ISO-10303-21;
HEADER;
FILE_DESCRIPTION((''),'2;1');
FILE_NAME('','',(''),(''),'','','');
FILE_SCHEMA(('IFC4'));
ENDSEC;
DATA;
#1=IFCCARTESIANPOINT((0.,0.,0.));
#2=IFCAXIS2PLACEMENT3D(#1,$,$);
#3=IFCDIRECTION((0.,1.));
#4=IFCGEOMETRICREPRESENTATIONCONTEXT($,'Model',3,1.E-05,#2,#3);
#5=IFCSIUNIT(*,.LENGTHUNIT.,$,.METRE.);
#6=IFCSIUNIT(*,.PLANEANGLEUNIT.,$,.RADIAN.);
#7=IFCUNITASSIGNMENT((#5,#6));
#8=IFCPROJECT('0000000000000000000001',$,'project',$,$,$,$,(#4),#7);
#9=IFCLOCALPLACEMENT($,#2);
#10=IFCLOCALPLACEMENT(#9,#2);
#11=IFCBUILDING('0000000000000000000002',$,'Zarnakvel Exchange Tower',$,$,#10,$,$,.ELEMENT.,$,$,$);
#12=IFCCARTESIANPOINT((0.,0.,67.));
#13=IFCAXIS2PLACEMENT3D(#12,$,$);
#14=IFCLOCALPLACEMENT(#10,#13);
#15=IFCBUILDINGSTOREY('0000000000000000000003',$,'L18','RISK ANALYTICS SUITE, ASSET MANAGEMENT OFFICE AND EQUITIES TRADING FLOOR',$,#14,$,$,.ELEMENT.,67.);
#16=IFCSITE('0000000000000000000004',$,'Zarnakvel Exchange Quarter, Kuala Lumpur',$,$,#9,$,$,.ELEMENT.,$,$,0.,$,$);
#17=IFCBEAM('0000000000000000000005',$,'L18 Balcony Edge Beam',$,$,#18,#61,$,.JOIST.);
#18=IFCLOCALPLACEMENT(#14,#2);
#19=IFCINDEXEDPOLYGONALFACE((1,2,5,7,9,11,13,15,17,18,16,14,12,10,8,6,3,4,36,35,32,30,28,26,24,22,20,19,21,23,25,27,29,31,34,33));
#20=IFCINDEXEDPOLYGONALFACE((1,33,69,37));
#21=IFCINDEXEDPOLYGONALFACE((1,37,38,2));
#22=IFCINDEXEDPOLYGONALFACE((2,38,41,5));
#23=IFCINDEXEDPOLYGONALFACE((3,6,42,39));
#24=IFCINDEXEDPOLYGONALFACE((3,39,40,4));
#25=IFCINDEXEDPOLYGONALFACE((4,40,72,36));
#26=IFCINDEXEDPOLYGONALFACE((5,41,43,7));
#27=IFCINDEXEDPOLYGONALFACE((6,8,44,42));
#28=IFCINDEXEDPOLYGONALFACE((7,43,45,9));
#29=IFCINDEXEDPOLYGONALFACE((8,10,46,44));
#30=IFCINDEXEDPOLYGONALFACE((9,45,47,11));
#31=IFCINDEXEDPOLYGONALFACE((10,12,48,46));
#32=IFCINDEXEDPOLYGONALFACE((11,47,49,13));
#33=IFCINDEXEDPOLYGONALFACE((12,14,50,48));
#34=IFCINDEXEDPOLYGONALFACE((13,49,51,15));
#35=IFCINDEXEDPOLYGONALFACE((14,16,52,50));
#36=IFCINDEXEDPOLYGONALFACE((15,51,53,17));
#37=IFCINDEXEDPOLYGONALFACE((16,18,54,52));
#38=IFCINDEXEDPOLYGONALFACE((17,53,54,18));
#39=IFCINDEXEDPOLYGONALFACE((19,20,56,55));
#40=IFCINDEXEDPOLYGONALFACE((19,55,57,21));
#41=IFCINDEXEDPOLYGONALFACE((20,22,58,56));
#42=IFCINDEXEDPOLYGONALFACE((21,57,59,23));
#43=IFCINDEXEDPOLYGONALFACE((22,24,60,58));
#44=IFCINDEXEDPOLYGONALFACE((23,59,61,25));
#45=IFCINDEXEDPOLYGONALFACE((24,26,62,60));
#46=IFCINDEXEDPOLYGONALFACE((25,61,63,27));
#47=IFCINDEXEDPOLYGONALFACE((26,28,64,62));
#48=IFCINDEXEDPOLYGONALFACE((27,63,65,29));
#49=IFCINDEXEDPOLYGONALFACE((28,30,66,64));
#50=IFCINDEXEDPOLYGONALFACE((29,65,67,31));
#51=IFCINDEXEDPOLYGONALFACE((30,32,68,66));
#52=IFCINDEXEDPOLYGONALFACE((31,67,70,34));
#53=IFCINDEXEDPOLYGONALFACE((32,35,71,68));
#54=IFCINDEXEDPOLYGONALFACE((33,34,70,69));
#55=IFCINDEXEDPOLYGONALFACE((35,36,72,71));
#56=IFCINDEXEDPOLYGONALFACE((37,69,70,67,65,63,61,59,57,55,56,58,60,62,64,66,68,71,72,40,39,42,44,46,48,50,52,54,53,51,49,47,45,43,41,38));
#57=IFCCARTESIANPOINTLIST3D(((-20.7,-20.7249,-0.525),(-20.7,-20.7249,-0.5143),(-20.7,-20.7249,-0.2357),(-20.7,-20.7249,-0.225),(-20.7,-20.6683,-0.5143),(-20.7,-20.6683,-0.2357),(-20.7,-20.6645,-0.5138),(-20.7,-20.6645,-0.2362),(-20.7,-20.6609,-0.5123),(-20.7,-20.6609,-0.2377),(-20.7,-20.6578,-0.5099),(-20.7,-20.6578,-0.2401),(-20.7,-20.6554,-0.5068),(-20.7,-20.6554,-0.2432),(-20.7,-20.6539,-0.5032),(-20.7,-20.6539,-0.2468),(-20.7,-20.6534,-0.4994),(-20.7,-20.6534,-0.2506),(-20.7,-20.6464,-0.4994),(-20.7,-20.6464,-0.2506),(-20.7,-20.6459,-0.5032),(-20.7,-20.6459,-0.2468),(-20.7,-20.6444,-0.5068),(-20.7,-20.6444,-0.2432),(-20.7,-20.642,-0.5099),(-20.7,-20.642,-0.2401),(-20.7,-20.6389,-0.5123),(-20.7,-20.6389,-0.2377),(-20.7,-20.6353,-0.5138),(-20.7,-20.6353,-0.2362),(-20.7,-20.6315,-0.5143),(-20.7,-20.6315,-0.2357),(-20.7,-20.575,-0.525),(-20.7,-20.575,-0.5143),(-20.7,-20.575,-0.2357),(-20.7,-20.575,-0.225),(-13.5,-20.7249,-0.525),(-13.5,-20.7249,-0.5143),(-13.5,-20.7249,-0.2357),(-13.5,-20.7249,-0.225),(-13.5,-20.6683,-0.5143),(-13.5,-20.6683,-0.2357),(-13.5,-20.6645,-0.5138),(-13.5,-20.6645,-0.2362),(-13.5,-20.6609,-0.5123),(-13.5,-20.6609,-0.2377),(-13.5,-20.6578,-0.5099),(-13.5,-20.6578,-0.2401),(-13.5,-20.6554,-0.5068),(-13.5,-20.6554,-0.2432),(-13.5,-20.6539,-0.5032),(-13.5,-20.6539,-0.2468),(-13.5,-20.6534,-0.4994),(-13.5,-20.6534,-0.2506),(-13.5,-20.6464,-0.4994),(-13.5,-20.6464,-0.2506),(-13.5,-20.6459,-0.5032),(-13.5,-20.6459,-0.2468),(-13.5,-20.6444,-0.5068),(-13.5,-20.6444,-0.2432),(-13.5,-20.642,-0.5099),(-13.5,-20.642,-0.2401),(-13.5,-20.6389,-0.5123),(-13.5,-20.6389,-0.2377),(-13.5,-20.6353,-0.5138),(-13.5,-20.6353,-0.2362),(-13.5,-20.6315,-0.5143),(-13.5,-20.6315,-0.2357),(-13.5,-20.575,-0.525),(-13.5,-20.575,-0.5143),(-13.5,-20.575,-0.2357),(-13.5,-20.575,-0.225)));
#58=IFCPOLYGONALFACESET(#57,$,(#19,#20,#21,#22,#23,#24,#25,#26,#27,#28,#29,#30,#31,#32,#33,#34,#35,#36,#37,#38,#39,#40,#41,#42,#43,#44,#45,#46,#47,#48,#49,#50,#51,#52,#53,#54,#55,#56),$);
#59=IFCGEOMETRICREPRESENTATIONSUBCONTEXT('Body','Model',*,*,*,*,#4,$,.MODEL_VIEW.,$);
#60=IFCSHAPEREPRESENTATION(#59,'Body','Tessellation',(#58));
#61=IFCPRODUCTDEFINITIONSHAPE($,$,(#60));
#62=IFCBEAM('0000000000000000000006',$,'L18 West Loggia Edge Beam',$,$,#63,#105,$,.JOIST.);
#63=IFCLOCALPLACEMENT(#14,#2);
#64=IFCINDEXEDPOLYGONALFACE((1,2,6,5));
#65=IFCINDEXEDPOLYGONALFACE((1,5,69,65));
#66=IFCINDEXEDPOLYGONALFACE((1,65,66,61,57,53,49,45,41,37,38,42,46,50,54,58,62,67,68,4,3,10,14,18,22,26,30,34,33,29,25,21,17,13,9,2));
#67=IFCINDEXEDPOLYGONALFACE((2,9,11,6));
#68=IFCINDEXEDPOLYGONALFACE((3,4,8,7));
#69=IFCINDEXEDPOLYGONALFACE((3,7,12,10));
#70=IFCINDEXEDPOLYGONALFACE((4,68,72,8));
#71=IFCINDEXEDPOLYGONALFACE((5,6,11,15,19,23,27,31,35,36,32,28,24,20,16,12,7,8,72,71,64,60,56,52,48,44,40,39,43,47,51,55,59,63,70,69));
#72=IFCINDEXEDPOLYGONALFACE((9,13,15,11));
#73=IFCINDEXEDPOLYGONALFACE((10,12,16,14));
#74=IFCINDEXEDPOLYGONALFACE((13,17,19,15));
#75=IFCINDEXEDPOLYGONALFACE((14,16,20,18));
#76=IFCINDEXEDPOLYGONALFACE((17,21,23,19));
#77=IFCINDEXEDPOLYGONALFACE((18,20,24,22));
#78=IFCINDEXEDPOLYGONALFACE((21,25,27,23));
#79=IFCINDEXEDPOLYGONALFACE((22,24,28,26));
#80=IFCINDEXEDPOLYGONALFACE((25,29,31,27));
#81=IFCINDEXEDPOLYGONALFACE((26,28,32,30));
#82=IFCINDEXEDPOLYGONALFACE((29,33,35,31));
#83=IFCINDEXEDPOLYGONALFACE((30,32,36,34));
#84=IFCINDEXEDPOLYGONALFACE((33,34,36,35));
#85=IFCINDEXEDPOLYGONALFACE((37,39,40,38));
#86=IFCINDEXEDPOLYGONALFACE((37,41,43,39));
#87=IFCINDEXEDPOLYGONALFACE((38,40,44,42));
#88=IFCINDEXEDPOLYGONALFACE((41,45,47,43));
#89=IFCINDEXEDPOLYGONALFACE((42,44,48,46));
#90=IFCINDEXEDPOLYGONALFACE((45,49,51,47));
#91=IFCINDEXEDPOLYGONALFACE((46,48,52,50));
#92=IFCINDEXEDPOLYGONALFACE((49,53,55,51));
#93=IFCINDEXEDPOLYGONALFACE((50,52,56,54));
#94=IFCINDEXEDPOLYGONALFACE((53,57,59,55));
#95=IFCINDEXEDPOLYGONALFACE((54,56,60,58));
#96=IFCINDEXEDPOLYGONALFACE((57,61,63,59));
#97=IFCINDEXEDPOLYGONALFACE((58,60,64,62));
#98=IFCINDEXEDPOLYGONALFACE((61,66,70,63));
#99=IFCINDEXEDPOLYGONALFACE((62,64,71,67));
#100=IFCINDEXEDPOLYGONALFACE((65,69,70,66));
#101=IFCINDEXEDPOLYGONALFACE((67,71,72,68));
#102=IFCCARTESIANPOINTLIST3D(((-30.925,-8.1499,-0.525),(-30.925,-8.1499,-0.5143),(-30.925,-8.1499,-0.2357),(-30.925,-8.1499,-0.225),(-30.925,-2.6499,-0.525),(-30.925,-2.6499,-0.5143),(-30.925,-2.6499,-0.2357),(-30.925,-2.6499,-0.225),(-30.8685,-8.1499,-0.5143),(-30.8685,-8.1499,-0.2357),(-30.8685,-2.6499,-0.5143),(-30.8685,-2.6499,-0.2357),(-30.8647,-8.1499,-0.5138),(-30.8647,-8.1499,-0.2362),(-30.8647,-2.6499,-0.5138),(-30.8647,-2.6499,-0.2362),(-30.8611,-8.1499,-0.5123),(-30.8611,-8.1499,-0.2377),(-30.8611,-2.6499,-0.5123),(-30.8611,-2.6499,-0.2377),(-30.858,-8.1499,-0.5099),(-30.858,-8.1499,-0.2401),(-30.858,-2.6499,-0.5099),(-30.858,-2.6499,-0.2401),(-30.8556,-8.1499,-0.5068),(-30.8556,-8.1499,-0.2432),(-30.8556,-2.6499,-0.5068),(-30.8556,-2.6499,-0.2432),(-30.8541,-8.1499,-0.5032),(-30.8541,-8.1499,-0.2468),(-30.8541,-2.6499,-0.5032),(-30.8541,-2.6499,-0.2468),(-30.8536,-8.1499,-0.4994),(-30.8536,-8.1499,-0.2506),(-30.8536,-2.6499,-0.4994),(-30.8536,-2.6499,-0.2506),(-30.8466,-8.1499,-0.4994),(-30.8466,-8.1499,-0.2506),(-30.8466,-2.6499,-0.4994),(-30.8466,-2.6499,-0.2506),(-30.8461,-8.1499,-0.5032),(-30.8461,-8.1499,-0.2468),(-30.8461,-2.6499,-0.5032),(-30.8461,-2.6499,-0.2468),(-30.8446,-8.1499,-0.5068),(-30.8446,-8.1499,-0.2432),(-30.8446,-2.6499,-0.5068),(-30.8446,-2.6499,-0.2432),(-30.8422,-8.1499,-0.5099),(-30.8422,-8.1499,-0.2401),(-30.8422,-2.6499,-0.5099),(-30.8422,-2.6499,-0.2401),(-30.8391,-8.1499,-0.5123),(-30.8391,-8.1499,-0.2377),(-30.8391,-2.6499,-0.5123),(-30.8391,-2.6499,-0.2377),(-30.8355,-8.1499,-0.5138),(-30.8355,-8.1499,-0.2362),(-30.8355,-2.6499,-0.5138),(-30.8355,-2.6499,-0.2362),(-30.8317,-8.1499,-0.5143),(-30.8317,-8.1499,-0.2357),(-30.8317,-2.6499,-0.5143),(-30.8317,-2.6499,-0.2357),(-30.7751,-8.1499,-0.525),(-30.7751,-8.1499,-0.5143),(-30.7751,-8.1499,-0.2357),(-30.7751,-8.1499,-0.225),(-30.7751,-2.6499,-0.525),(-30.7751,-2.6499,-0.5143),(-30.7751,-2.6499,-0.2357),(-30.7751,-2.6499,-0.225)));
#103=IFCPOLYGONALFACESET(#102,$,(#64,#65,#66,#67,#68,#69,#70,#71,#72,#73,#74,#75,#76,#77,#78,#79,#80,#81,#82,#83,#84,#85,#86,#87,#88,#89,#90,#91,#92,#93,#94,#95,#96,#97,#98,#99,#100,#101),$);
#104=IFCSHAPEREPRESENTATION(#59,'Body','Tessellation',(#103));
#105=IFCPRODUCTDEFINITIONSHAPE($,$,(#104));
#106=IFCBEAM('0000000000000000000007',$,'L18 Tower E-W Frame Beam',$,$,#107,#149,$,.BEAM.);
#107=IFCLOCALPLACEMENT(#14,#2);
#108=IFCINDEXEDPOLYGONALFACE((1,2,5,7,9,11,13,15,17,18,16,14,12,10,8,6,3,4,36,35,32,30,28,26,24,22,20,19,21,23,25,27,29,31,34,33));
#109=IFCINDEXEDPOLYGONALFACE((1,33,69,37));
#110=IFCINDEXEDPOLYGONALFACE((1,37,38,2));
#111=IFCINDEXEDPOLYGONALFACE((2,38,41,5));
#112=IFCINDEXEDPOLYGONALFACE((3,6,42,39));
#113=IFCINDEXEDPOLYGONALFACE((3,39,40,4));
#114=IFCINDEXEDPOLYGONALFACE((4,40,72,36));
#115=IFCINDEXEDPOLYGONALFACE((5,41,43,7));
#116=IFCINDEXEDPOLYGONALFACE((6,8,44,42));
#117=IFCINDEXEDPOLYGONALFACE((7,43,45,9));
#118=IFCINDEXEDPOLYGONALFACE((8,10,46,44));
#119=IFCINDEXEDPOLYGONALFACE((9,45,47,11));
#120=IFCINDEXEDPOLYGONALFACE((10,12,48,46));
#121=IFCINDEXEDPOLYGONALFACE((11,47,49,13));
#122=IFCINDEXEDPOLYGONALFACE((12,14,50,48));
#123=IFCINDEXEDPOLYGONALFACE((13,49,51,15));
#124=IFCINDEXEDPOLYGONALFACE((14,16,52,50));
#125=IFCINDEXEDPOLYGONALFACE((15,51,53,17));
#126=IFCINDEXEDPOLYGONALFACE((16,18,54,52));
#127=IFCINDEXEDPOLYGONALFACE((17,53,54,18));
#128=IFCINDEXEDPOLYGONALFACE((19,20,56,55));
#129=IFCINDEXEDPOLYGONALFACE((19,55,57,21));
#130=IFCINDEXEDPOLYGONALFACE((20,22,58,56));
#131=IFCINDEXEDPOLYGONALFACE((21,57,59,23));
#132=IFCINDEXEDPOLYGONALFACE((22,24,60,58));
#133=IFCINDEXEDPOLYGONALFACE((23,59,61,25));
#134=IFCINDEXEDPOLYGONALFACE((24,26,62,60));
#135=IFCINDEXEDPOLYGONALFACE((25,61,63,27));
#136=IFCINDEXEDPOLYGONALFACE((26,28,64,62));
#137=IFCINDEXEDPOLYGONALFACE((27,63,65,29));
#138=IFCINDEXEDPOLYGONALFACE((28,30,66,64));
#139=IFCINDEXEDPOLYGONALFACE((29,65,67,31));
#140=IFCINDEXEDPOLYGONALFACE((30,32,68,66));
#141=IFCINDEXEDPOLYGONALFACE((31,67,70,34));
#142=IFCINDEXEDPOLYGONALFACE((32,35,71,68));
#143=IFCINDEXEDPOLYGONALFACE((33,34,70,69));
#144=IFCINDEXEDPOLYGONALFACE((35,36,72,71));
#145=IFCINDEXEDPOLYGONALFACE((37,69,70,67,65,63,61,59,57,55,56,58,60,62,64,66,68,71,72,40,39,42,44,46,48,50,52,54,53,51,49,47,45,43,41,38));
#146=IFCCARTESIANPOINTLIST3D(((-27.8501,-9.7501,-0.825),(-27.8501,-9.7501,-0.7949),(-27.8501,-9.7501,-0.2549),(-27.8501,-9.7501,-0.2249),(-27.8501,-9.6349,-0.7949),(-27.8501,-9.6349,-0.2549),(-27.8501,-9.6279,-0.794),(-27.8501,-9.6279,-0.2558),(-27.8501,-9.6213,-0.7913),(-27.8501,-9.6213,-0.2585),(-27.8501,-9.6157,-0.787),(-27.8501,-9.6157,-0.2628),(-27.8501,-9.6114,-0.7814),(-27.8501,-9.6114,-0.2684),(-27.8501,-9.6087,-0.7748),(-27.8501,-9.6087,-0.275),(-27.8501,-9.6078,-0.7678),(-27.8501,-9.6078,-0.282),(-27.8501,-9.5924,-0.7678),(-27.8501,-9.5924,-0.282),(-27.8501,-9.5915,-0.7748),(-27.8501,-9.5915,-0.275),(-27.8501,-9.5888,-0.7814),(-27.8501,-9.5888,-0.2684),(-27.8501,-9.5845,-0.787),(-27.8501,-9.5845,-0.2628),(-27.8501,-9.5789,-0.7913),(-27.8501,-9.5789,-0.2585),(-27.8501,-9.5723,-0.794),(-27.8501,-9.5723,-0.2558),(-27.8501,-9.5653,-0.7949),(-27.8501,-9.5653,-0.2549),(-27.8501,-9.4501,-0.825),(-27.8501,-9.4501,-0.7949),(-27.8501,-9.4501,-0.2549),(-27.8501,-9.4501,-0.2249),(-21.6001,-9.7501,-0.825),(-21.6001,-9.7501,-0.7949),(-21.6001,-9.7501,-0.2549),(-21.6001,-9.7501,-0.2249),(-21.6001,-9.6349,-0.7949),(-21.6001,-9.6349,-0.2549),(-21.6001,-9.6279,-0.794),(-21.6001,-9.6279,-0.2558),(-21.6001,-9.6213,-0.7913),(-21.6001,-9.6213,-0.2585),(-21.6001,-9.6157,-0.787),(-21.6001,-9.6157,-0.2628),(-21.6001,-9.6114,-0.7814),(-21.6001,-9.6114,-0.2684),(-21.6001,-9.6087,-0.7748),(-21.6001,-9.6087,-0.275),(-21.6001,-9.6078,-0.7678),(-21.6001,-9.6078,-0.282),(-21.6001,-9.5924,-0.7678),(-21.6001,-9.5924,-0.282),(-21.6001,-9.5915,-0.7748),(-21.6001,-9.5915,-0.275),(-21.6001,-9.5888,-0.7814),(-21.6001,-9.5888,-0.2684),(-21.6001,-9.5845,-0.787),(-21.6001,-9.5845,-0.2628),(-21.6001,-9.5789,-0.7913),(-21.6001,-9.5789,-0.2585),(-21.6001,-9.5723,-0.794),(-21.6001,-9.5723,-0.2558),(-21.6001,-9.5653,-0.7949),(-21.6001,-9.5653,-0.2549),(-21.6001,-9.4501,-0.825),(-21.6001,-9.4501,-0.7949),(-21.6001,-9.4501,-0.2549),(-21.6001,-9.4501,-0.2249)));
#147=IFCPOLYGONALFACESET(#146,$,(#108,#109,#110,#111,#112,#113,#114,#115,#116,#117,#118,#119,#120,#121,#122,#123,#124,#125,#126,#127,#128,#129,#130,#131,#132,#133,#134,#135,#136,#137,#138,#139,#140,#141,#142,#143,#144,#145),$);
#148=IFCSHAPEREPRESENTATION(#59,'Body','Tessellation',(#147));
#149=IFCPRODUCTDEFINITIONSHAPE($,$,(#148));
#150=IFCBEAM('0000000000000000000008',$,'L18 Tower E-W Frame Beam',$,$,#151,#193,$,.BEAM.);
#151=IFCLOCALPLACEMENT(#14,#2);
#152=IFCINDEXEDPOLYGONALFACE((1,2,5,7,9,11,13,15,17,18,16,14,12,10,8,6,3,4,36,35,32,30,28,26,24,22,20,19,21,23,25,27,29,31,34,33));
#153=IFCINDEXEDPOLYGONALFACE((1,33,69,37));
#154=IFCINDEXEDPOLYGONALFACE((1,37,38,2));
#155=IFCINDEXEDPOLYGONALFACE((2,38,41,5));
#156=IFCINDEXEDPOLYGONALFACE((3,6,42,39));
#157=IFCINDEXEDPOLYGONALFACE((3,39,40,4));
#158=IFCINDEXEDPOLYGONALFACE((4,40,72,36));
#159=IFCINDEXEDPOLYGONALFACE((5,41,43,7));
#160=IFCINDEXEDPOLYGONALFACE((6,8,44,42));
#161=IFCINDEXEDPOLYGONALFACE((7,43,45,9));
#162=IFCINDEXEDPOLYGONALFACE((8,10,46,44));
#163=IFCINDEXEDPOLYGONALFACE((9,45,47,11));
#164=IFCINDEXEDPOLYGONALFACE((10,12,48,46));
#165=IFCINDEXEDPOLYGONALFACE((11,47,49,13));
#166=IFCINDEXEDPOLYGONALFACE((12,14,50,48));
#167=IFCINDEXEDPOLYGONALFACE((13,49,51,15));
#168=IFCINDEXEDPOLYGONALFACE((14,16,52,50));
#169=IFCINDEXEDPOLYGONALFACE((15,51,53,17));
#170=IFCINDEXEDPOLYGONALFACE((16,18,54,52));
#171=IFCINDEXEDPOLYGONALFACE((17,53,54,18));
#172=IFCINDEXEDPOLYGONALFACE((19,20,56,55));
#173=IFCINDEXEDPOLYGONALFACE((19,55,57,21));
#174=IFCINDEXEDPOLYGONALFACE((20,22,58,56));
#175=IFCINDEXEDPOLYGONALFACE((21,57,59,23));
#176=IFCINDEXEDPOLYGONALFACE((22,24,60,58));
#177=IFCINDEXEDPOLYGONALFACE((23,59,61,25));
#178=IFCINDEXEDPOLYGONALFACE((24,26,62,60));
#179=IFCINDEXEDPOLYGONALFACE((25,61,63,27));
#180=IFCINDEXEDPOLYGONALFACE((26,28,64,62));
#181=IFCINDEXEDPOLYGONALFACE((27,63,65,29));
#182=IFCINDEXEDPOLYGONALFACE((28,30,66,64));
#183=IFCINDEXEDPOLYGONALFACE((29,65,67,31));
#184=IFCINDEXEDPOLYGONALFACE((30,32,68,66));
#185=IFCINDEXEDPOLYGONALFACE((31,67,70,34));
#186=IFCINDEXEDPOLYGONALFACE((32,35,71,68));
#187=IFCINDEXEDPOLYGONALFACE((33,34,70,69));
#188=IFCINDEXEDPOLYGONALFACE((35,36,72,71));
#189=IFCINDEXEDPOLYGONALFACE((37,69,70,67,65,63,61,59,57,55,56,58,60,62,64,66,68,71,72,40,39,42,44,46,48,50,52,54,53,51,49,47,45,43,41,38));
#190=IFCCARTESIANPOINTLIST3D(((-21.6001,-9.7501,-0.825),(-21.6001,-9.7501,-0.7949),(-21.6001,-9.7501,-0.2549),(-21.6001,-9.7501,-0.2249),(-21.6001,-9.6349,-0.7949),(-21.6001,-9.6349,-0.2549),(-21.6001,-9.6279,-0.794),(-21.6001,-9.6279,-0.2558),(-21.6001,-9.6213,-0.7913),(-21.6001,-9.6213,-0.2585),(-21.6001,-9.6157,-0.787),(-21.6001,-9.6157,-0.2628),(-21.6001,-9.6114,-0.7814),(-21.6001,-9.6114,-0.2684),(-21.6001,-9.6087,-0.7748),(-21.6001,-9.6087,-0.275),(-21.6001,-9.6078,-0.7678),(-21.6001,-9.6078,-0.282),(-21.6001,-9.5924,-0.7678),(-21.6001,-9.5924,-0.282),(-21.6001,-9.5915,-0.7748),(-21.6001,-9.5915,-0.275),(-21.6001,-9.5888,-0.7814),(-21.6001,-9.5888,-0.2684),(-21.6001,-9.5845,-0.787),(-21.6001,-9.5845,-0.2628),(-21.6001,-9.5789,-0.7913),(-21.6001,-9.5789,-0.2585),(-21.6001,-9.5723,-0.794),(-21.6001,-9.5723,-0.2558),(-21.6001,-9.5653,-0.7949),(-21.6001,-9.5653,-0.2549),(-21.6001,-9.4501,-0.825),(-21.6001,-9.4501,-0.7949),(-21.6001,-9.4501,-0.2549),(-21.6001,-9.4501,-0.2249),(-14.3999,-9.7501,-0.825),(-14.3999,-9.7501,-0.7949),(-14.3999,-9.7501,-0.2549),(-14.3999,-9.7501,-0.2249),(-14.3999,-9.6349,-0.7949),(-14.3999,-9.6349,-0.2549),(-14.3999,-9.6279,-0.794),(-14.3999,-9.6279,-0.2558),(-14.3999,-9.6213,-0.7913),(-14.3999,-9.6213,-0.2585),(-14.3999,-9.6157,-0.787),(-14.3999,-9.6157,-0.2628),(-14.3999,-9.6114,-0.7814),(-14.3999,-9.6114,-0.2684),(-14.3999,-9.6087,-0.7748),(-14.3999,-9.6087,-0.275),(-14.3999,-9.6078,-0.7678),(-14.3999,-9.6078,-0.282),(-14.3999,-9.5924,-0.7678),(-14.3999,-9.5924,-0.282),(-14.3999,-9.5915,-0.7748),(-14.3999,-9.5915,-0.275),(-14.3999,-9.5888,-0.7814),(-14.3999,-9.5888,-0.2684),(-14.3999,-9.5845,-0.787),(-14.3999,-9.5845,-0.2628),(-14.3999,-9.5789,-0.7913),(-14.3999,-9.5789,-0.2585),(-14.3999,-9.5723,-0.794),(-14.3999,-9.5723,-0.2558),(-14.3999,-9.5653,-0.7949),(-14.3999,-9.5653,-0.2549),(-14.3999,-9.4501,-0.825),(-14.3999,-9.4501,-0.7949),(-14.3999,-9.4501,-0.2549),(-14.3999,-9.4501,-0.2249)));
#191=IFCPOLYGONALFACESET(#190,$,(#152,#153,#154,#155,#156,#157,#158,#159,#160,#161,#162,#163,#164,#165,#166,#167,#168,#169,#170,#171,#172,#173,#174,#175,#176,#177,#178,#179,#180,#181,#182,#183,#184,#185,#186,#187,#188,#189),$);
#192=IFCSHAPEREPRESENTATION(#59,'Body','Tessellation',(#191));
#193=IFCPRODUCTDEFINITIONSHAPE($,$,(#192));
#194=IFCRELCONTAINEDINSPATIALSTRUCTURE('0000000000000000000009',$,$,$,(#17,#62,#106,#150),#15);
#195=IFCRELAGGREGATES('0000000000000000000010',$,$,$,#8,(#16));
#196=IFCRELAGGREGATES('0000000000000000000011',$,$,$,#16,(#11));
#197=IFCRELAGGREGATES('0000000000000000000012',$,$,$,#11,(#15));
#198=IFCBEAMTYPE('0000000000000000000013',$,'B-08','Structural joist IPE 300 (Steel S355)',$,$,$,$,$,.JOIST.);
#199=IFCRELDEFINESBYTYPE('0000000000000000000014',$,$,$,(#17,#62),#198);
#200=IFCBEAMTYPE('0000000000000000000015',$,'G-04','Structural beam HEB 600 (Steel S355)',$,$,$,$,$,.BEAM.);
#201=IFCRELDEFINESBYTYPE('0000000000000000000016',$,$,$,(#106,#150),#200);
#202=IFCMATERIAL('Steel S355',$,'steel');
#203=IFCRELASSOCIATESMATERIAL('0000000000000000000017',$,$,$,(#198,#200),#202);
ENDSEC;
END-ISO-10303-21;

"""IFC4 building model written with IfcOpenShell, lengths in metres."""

from ifc_helpers import new_model, si_unit, direction, frame, origin, origin_2d, place, context, subcontext, project, spatial, i_section, extrude, material, material_profile, profile_set, type_object, element, save


model = new_model("IFC4")

# Units and contexts
model_context = context("Model", 3, precision=1e-05, world=origin(), true_north=direction((0.0, 1.0)))
body_context = subcontext(model_context, "Body", "Model", "MODEL_VIEW")
ifc_project = project(units=[si_unit("LENGTHUNIT", "METRE"), si_unit("PLANEANGLEUNIT", "RADIAN")], contexts=[model_context])

# Site, building, storey
site_placement = place(None, origin())
site = spatial("IfcSite", under=ifc_project, at=site_placement, Name="Zarnakvel Exchange Quarter, Kuala Lumpur", CompositionType="ELEMENT", RefElevation=0.0)
building_placement = place(site_placement, origin())
building = spatial("IfcBuilding", under=site, at=building_placement, Name="Zarnakvel Exchange Tower", CompositionType="ELEMENT")
storey_placement = place(building_placement, frame((0.0, 0.0, 67.0)))
storey = spatial("IfcBuildingStorey", under=building, at=storey_placement, Name="L18", Description="RISK ANALYTICS SUITE, ASSET MANAGEMENT OFFICE AND EQUITIES TRADING FLOOR", CompositionType="ELEMENT", Elevation=67.0)

# Shared definitions
ifc_material_1 = material(Name="Steel S355", Category="steel")

# Beams
ifc_material_profile_1 = material_profile(ifc_material_1, i_section(OverallWidth=0.1499, OverallDepth=0.3, WebThickness=0.0071, FlangeThickness=0.0107, FilletRadius=0.0149, at=origin_2d()))
ifc_profile_set_1 = profile_set([ifc_material_profile_1], Name="Steel S355")
beam_type_1 = type_object("IfcBeamType", Name="B-08", Description="Structural joist IPE 300 (Steel S355)", PredefinedType="JOIST", material=ifc_profile_set_1)
beam_1_placement = place(storey_placement, frame((-20.7, -20.6499, -0.375), z_axis=(1.0, 0.0, 0.0), x_axis=(0.0, 1.0, 0.0)))
element("IfcBeam", 1, at=beam_1_placement, inside=storey, type_object=beam_type_1, Name="L18 Balcony Edge Beam", PredefinedType="JOIST", context=body_context, shape_type="SweptSolid", body=[
    extrude(i_section(OverallWidth=0.1499, OverallDepth=0.3, WebThickness=0.0071, FlangeThickness=0.0107, FilletRadius=0.0149, at=origin_2d()), origin(), (0.0, 0.0, 1.0), 7.2),
])
beam_2_placement = place(storey_placement, frame((-30.8501, -8.1499, -0.375), z_axis=(0.0, 1.0, 0.0), x_axis=(-1.0, 0.0, 0.0)))
element("IfcBeam", 2, at=beam_2_placement, inside=storey, type_object=beam_type_1, Name="L18 West Loggia Edge Beam", PredefinedType="JOIST", context=body_context, shape_type="SweptSolid", body=[
    extrude(i_section(OverallWidth=0.1499, OverallDepth=0.3, WebThickness=0.0071, FlangeThickness=0.0107, FilletRadius=0.0149, at=origin_2d()), origin(), (0.0, 0.0, 1.0), 5.5),
])
ifc_material_profile_2 = material_profile(ifc_material_1, i_section(OverallWidth=0.3, OverallDepth=0.6001, WebThickness=0.0154, FlangeThickness=0.03, FilletRadius=0.0271, at=origin_2d()))
ifc_profile_set_2 = profile_set([ifc_material_profile_2], Name="Steel S355")
beam_type_2 = type_object("IfcBeamType", Name="G-04", Description="Structural beam HEB 600 (Steel S355)", PredefinedType="BEAM", material=ifc_profile_set_2)
beam_3_placement = place(storey_placement, frame((-27.8501, -9.6001, -0.5249), z_axis=(1.0, 0.0, 0.0), x_axis=(0.0, 1.0, 0.0)))
element("IfcBeam", 3, at=beam_3_placement, inside=storey, type_object=beam_type_2, Name="L18 Tower E-W Frame Beam", PredefinedType="BEAM", context=body_context, shape_type="SweptSolid", body=[
    extrude(i_section(OverallWidth=0.3, OverallDepth=0.6001, WebThickness=0.0154, FlangeThickness=0.03, FilletRadius=0.0271, at=origin_2d()), origin(), (0.0, 0.0, 1.0), 6.25),
])
beam_4_placement = place(storey_placement, frame((-21.6001, -9.6001, -0.5249), z_axis=(1.0, 0.0, 0.0), x_axis=(0.0, 1.0, 0.0)))
element("IfcBeam", 4, at=beam_4_placement, inside=storey, type_object=beam_type_2, Name="L18 Tower E-W Frame Beam", PredefinedType="BEAM", context=body_context, shape_type="SweptSolid", body=[
    extrude(i_section(OverallWidth=0.3, OverallDepth=0.6001, WebThickness=0.0154, FlangeThickness=0.03, FilletRadius=0.0271, at=origin_2d()), origin(), (0.0, 0.0, 1.0), 7.2002),
])

save(model, "model.ifc")
